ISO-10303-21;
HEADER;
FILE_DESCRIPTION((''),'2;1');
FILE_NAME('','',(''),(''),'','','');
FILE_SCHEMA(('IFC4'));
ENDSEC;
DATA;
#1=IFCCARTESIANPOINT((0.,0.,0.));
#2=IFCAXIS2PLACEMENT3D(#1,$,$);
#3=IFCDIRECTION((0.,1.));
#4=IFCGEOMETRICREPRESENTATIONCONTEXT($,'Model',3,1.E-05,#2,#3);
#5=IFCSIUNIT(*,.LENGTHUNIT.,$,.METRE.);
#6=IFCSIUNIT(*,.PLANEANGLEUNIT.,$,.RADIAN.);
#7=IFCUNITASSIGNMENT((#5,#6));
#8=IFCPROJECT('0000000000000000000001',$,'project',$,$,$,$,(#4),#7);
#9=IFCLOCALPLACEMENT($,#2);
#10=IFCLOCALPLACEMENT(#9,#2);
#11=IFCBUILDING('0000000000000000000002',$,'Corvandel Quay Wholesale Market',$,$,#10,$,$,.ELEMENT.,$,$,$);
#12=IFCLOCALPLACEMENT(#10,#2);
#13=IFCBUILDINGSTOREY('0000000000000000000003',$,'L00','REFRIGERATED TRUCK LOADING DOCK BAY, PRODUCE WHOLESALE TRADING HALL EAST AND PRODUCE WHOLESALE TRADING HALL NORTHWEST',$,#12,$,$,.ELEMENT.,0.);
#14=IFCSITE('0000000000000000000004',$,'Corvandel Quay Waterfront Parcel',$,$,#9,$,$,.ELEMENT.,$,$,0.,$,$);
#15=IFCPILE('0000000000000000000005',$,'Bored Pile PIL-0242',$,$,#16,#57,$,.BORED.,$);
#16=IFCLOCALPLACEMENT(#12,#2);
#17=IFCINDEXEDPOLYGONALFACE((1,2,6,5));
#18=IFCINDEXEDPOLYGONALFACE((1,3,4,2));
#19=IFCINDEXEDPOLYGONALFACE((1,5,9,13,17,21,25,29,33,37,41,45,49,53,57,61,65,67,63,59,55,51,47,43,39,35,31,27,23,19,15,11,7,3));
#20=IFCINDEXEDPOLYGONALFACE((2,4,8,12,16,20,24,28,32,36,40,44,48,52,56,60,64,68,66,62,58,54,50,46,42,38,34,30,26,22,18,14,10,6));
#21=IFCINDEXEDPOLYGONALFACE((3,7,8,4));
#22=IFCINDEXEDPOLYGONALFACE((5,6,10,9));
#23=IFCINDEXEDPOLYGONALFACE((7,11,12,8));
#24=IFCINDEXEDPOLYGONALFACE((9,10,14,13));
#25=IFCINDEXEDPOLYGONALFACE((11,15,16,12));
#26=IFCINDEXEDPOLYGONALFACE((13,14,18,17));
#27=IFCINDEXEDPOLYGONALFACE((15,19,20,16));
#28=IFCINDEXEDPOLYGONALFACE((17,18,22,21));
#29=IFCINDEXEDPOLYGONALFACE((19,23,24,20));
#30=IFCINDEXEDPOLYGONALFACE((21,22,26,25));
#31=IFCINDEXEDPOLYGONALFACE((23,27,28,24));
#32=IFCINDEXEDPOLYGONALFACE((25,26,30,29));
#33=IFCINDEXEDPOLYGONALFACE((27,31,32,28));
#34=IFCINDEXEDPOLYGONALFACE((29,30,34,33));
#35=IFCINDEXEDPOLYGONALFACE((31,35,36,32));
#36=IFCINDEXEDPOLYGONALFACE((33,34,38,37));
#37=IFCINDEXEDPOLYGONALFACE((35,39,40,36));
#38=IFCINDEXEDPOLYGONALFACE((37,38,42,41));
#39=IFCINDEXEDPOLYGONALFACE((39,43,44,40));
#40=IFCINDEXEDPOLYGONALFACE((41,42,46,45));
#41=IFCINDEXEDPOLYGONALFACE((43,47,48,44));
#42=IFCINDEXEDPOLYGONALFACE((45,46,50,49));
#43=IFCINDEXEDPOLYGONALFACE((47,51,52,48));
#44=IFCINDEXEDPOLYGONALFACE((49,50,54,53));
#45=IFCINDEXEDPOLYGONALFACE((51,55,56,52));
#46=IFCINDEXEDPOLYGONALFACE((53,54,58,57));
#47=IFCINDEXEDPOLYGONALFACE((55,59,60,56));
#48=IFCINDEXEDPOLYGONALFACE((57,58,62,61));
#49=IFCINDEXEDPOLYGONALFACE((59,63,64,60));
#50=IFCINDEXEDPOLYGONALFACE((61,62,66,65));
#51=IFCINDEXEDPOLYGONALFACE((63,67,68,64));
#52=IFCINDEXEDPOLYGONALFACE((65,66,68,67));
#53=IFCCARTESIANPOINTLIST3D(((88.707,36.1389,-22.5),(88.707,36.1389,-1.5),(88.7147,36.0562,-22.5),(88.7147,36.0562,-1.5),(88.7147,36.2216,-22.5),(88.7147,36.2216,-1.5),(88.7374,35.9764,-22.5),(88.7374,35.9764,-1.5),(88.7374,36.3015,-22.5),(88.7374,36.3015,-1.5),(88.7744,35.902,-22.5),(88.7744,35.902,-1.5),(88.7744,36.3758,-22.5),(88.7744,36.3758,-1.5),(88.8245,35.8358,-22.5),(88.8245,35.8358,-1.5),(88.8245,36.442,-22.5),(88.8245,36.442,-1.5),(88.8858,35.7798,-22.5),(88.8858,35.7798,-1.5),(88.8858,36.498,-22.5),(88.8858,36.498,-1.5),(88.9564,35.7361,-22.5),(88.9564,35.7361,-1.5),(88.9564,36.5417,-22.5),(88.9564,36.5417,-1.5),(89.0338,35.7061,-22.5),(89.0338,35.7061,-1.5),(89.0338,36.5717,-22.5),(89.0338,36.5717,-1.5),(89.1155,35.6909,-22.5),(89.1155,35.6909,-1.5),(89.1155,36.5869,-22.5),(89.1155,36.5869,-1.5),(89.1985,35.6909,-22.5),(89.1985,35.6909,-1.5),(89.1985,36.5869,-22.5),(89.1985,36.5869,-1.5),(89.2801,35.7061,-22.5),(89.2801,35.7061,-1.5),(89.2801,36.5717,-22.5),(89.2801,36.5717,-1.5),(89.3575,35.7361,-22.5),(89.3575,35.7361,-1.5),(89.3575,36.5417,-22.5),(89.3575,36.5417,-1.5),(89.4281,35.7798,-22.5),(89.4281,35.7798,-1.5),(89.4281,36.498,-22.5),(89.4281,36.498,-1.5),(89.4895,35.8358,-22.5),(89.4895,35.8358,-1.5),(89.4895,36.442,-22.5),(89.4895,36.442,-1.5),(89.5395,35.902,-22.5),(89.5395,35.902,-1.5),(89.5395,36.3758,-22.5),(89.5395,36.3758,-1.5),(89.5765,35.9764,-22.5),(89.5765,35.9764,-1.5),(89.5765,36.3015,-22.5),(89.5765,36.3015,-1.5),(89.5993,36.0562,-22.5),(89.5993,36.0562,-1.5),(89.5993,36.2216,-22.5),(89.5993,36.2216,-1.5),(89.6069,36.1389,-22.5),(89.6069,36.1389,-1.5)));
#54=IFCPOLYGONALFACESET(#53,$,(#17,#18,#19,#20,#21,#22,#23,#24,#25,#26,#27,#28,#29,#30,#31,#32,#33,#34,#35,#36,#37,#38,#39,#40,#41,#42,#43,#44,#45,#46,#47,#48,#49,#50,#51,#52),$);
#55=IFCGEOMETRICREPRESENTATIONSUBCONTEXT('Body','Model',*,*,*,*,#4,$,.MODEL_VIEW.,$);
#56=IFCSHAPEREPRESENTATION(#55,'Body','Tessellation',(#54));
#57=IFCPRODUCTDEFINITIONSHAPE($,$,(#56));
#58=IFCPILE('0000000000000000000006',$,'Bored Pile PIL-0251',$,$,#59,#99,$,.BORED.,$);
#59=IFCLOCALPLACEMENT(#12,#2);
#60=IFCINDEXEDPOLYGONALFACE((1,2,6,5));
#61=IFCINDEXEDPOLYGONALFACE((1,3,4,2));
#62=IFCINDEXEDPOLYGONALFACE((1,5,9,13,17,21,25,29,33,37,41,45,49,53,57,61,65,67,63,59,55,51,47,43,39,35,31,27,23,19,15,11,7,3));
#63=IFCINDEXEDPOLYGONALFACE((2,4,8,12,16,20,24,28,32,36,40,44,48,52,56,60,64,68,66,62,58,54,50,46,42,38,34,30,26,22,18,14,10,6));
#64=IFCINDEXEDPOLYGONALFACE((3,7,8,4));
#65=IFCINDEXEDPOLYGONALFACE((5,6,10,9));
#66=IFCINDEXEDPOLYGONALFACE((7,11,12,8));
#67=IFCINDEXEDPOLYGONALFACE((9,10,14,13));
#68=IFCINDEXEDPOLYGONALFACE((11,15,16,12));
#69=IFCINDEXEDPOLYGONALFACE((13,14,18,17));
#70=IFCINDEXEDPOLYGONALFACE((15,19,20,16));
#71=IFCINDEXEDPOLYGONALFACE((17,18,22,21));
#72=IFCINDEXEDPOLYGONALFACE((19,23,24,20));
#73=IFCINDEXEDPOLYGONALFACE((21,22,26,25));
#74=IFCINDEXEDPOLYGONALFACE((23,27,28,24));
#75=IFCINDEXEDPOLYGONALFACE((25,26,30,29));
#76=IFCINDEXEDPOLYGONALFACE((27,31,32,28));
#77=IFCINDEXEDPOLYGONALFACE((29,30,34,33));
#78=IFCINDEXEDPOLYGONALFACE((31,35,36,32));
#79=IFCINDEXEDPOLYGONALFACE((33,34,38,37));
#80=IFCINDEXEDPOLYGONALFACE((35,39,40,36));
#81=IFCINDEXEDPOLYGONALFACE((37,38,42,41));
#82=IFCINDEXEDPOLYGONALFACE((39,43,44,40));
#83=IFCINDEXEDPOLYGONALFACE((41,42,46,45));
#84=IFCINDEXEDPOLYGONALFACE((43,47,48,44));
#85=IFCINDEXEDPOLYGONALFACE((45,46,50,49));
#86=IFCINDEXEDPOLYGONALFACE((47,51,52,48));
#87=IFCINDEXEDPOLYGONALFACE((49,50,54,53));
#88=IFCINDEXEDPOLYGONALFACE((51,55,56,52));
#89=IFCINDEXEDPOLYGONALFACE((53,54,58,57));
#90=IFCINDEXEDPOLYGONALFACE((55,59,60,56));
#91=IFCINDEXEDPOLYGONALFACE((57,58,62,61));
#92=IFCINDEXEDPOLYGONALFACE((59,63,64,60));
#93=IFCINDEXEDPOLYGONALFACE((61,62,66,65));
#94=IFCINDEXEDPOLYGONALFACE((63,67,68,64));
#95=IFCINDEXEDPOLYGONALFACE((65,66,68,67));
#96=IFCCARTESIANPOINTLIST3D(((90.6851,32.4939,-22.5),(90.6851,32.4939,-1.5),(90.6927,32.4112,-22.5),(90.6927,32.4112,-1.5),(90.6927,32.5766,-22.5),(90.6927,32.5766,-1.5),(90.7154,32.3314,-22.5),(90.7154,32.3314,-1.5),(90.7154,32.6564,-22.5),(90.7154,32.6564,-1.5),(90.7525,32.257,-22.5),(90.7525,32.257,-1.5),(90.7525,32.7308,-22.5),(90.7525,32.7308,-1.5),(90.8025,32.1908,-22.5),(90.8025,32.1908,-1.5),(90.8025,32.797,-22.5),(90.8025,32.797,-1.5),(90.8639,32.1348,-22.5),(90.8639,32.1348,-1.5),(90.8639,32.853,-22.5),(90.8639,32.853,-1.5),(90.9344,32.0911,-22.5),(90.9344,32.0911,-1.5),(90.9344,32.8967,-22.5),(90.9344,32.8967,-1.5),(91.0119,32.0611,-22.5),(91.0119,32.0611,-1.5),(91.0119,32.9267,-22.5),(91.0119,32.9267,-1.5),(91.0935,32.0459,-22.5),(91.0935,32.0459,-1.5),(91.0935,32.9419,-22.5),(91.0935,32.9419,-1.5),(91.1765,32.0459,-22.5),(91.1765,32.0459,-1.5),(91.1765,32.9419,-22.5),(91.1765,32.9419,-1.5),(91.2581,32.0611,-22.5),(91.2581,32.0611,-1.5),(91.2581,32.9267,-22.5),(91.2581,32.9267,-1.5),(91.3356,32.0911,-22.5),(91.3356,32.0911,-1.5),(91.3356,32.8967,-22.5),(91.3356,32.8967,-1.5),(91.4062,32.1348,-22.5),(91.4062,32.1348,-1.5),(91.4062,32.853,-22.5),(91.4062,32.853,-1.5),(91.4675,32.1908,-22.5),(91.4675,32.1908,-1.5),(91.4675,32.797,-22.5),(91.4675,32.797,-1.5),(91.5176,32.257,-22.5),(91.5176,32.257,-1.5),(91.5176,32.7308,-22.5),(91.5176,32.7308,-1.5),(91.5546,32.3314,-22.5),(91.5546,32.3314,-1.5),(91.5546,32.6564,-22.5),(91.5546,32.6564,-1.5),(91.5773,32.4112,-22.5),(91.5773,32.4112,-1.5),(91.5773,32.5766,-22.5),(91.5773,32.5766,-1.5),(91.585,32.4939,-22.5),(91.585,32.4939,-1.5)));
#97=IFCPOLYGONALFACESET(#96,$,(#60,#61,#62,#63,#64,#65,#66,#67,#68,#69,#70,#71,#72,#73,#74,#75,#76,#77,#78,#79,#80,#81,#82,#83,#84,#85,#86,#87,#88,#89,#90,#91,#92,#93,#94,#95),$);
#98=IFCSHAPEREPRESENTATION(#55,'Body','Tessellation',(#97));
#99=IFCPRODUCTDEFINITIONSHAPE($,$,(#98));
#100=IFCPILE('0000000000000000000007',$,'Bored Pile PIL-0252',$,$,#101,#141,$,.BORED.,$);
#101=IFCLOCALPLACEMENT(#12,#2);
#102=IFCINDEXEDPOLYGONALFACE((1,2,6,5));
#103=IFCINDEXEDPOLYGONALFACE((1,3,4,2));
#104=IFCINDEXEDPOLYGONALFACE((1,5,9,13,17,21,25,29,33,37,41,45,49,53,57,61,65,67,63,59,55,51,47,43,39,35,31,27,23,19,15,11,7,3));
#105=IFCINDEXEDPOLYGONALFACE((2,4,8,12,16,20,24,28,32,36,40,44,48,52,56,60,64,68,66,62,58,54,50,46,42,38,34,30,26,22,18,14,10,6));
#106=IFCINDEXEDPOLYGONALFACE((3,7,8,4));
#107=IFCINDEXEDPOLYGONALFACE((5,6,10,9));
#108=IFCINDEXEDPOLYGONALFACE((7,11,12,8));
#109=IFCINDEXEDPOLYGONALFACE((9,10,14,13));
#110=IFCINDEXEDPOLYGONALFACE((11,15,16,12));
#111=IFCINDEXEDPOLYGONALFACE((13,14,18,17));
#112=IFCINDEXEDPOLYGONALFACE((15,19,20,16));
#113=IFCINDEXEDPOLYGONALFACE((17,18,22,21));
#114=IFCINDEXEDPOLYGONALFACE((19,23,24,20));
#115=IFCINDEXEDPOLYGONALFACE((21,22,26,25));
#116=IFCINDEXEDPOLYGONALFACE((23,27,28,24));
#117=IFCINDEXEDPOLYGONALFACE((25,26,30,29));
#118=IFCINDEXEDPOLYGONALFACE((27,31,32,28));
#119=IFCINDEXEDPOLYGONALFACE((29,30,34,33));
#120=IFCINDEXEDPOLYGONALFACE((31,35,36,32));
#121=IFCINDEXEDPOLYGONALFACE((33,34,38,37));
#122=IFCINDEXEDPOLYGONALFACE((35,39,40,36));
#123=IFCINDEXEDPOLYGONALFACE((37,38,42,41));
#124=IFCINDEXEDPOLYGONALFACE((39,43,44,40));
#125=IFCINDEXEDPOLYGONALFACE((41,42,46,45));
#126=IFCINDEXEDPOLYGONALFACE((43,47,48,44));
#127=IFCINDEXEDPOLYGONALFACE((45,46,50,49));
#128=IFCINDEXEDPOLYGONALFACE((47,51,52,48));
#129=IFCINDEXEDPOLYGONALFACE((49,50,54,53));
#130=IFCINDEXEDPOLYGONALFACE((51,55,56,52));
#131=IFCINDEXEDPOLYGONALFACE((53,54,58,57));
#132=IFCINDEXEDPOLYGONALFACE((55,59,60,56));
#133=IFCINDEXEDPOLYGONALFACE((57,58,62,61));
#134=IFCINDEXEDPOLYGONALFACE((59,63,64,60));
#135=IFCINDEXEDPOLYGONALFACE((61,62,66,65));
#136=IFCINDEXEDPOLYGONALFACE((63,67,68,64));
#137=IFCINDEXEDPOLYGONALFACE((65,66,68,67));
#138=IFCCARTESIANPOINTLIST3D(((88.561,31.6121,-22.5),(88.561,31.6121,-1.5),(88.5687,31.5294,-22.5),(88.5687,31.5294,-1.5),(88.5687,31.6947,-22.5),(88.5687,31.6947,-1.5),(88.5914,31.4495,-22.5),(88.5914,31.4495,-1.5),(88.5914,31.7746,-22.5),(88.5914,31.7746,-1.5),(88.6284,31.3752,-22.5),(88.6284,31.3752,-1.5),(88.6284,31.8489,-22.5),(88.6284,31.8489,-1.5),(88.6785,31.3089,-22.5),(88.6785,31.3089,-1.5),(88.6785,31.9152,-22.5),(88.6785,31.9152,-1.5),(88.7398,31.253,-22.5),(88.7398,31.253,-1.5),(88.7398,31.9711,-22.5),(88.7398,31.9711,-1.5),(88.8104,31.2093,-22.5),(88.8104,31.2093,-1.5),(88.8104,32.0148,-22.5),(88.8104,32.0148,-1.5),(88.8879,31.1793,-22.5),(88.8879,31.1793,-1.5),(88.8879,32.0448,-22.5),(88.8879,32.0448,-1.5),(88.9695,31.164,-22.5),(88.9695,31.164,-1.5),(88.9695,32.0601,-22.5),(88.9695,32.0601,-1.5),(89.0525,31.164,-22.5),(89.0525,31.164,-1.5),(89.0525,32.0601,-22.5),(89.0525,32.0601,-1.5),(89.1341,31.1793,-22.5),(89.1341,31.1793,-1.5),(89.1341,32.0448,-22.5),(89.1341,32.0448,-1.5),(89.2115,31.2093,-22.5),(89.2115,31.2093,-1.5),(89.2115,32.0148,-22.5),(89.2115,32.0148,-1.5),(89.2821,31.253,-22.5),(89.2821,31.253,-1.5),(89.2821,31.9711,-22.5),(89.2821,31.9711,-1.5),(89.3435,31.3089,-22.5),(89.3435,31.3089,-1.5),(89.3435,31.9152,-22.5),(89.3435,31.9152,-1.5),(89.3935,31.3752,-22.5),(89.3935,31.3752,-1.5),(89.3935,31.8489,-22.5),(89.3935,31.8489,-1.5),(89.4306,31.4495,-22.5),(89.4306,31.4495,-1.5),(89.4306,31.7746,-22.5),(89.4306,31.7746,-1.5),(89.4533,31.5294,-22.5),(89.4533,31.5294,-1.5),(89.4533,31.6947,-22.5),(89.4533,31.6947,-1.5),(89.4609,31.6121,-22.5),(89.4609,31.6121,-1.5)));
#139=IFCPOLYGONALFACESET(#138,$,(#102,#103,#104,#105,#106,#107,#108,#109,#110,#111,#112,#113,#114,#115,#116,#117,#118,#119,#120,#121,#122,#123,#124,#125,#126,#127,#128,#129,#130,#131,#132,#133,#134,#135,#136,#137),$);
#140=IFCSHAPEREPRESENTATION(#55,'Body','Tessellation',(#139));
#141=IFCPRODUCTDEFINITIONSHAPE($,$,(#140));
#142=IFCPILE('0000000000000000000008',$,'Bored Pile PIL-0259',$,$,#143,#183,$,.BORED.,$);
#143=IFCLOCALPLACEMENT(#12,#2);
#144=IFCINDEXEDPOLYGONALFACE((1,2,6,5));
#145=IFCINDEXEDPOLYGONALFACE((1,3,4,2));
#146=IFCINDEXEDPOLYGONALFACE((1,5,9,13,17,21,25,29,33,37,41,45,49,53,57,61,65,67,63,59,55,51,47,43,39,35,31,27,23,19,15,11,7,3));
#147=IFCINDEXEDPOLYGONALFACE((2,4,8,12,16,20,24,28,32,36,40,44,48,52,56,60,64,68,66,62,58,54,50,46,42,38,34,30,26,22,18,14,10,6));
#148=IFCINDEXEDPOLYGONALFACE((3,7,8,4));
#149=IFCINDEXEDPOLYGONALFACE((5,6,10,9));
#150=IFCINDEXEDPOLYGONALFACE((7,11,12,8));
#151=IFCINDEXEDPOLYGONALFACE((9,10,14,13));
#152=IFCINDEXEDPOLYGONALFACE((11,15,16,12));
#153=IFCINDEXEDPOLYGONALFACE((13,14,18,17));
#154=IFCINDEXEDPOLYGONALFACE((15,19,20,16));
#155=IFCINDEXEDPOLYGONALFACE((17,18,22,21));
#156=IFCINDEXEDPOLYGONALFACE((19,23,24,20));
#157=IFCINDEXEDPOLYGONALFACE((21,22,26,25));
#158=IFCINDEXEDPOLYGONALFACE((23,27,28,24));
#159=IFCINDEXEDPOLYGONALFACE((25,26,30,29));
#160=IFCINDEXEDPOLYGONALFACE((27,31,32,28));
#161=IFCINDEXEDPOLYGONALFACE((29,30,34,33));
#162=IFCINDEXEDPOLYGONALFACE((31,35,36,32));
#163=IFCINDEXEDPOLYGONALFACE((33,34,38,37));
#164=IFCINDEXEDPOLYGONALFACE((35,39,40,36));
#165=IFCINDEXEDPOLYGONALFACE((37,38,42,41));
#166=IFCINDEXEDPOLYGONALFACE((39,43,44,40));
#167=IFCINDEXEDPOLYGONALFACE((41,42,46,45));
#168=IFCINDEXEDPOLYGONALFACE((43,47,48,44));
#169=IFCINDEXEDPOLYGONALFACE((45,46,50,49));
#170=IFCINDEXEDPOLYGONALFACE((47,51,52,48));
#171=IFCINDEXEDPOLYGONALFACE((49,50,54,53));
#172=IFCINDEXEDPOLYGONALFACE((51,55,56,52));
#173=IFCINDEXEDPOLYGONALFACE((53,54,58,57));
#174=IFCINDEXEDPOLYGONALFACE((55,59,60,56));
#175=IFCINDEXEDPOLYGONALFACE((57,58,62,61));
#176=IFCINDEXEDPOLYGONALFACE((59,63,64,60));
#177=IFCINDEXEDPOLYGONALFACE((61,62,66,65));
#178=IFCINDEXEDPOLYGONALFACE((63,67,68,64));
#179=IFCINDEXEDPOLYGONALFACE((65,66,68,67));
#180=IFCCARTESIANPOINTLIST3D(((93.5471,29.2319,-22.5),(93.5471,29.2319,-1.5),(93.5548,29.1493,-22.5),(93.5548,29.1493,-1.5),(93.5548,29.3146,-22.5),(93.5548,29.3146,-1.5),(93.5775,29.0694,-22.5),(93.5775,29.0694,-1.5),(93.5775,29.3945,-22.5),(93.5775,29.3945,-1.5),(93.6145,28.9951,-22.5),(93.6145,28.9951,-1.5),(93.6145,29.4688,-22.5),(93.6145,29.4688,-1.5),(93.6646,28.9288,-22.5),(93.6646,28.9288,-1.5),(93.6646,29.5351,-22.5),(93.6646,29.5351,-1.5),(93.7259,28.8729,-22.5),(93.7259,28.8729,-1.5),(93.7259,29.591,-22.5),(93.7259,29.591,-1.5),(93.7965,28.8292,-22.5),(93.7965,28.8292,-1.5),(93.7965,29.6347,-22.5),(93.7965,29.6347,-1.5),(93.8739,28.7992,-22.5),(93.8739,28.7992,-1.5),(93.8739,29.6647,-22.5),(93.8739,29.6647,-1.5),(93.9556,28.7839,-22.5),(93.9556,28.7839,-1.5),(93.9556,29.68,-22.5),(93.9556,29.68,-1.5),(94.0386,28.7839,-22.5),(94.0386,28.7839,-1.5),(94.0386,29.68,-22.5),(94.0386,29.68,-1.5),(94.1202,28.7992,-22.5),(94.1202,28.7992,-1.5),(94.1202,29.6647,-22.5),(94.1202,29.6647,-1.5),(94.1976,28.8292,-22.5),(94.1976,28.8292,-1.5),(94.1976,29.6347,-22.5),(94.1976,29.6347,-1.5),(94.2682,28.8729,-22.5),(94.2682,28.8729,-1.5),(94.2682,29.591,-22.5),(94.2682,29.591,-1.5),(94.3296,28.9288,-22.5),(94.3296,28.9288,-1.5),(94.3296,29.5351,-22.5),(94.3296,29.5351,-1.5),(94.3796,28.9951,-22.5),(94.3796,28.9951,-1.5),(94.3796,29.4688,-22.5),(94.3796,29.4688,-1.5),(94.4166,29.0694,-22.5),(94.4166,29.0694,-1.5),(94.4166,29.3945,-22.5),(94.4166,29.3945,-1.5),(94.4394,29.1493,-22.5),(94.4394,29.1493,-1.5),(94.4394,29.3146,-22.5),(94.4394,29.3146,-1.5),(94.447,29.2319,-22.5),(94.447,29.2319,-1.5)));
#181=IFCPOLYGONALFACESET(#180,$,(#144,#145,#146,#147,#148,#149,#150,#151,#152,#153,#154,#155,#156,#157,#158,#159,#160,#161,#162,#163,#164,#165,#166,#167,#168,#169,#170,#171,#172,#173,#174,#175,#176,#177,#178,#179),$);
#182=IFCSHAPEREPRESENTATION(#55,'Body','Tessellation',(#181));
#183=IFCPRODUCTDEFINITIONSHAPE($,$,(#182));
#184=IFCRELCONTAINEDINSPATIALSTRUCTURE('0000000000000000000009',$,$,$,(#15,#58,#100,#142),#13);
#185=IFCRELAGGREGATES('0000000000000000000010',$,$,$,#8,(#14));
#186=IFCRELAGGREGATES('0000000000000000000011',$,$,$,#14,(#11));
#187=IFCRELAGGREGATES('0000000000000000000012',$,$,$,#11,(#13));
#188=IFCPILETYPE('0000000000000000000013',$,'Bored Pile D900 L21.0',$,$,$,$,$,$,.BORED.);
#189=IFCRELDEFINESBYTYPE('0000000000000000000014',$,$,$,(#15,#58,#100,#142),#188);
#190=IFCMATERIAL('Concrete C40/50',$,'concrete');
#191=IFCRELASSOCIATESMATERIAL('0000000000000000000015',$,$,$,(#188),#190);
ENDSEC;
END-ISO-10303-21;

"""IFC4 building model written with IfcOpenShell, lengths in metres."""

from ifc_helpers import new_model, si_unit, direction, frame, origin, origin_2d, place, context, subcontext, project, spatial, circle, extrude, material, material_profile, profile_set, type_object, element, save


model = new_model("IFC4")

# Units and contexts
model_context = context("Model", 3, precision=1e-05, world=origin(), true_north=direction((0.0, 1.0)))
body_context = subcontext(model_context, "Body", "Model", "MODEL_VIEW")
ifc_project = project(units=[si_unit("LENGTHUNIT", "METRE"), si_unit("PLANEANGLEUNIT", "RADIAN")], contexts=[model_context])

# Site, building, storey
site_placement = place(None, origin())
site = spatial("IfcSite", under=ifc_project, at=site_placement, Name="Corvandel Quay Waterfront Parcel", CompositionType="ELEMENT", RefElevation=0.0)
building_placement = place(site_placement, origin())
building = spatial("IfcBuilding", under=site, at=building_placement, Name="Corvandel Quay Wholesale Market", CompositionType="ELEMENT")
storey_placement = place(building_placement, origin())
storey = spatial("IfcBuildingStorey", under=building, at=storey_placement, Name="L00", Description="REFRIGERATED TRUCK LOADING DOCK BAY, PRODUCE WHOLESALE TRADING HALL EAST AND PRODUCE WHOLESALE TRADING HALL NORTHWEST", CompositionType="ELEMENT", Elevation=0.0)

# Piles
ifc_material_1 = material(Name="Concrete C40/50", Category="concrete")
ifc_material_profile_1 = material_profile(ifc_material_1, circle(Radius=0.45, at=origin_2d()), Name="RC-PILE-D900")
ifc_profile_set_1 = profile_set([ifc_material_profile_1], Name="Concrete C40/50")
pile_type = type_object("IfcPileType", Name="Bored Pile D900 L21.0", PredefinedType="BORED", material=ifc_profile_set_1)
for number, where, z_axis, x_axis, name in (
    (1, (89.157, 36.1389, -1.5), (0.0, 0.0, -1.0), (1.0, 0.0, 0.0), "Bored Pile PIL-0242"),
    (2, (91.135, 32.4939, -1.5), (0.0, 0.0, -1.0), (1.0, 0.0, 0.0), "Bored Pile PIL-0251"),
    (3, (89.011, 31.6121, -1.5), (0.0, 0.0, -1.0), (1.0, 0.0, 0.0), "Bored Pile PIL-0252"),
    (4, (93.9971, 29.2319, -1.5), (0.0, 0.0, -1.0), (1.0, 0.0, 0.0), "Bored Pile PIL-0259"),
):
    element("IfcPile", number, at=place(storey_placement, frame(where, z_axis=z_axis, x_axis=x_axis)), inside=storey, type_object=pile_type, Name=name, PredefinedType="BORED", context=body_context, shape_type="SweptSolid", body=[
        extrude(circle(Radius=0.45, at=origin_2d()), origin(), (0.0, 0.0, 1.0), 21.0),
    ])

save(model, "model.ifc")
